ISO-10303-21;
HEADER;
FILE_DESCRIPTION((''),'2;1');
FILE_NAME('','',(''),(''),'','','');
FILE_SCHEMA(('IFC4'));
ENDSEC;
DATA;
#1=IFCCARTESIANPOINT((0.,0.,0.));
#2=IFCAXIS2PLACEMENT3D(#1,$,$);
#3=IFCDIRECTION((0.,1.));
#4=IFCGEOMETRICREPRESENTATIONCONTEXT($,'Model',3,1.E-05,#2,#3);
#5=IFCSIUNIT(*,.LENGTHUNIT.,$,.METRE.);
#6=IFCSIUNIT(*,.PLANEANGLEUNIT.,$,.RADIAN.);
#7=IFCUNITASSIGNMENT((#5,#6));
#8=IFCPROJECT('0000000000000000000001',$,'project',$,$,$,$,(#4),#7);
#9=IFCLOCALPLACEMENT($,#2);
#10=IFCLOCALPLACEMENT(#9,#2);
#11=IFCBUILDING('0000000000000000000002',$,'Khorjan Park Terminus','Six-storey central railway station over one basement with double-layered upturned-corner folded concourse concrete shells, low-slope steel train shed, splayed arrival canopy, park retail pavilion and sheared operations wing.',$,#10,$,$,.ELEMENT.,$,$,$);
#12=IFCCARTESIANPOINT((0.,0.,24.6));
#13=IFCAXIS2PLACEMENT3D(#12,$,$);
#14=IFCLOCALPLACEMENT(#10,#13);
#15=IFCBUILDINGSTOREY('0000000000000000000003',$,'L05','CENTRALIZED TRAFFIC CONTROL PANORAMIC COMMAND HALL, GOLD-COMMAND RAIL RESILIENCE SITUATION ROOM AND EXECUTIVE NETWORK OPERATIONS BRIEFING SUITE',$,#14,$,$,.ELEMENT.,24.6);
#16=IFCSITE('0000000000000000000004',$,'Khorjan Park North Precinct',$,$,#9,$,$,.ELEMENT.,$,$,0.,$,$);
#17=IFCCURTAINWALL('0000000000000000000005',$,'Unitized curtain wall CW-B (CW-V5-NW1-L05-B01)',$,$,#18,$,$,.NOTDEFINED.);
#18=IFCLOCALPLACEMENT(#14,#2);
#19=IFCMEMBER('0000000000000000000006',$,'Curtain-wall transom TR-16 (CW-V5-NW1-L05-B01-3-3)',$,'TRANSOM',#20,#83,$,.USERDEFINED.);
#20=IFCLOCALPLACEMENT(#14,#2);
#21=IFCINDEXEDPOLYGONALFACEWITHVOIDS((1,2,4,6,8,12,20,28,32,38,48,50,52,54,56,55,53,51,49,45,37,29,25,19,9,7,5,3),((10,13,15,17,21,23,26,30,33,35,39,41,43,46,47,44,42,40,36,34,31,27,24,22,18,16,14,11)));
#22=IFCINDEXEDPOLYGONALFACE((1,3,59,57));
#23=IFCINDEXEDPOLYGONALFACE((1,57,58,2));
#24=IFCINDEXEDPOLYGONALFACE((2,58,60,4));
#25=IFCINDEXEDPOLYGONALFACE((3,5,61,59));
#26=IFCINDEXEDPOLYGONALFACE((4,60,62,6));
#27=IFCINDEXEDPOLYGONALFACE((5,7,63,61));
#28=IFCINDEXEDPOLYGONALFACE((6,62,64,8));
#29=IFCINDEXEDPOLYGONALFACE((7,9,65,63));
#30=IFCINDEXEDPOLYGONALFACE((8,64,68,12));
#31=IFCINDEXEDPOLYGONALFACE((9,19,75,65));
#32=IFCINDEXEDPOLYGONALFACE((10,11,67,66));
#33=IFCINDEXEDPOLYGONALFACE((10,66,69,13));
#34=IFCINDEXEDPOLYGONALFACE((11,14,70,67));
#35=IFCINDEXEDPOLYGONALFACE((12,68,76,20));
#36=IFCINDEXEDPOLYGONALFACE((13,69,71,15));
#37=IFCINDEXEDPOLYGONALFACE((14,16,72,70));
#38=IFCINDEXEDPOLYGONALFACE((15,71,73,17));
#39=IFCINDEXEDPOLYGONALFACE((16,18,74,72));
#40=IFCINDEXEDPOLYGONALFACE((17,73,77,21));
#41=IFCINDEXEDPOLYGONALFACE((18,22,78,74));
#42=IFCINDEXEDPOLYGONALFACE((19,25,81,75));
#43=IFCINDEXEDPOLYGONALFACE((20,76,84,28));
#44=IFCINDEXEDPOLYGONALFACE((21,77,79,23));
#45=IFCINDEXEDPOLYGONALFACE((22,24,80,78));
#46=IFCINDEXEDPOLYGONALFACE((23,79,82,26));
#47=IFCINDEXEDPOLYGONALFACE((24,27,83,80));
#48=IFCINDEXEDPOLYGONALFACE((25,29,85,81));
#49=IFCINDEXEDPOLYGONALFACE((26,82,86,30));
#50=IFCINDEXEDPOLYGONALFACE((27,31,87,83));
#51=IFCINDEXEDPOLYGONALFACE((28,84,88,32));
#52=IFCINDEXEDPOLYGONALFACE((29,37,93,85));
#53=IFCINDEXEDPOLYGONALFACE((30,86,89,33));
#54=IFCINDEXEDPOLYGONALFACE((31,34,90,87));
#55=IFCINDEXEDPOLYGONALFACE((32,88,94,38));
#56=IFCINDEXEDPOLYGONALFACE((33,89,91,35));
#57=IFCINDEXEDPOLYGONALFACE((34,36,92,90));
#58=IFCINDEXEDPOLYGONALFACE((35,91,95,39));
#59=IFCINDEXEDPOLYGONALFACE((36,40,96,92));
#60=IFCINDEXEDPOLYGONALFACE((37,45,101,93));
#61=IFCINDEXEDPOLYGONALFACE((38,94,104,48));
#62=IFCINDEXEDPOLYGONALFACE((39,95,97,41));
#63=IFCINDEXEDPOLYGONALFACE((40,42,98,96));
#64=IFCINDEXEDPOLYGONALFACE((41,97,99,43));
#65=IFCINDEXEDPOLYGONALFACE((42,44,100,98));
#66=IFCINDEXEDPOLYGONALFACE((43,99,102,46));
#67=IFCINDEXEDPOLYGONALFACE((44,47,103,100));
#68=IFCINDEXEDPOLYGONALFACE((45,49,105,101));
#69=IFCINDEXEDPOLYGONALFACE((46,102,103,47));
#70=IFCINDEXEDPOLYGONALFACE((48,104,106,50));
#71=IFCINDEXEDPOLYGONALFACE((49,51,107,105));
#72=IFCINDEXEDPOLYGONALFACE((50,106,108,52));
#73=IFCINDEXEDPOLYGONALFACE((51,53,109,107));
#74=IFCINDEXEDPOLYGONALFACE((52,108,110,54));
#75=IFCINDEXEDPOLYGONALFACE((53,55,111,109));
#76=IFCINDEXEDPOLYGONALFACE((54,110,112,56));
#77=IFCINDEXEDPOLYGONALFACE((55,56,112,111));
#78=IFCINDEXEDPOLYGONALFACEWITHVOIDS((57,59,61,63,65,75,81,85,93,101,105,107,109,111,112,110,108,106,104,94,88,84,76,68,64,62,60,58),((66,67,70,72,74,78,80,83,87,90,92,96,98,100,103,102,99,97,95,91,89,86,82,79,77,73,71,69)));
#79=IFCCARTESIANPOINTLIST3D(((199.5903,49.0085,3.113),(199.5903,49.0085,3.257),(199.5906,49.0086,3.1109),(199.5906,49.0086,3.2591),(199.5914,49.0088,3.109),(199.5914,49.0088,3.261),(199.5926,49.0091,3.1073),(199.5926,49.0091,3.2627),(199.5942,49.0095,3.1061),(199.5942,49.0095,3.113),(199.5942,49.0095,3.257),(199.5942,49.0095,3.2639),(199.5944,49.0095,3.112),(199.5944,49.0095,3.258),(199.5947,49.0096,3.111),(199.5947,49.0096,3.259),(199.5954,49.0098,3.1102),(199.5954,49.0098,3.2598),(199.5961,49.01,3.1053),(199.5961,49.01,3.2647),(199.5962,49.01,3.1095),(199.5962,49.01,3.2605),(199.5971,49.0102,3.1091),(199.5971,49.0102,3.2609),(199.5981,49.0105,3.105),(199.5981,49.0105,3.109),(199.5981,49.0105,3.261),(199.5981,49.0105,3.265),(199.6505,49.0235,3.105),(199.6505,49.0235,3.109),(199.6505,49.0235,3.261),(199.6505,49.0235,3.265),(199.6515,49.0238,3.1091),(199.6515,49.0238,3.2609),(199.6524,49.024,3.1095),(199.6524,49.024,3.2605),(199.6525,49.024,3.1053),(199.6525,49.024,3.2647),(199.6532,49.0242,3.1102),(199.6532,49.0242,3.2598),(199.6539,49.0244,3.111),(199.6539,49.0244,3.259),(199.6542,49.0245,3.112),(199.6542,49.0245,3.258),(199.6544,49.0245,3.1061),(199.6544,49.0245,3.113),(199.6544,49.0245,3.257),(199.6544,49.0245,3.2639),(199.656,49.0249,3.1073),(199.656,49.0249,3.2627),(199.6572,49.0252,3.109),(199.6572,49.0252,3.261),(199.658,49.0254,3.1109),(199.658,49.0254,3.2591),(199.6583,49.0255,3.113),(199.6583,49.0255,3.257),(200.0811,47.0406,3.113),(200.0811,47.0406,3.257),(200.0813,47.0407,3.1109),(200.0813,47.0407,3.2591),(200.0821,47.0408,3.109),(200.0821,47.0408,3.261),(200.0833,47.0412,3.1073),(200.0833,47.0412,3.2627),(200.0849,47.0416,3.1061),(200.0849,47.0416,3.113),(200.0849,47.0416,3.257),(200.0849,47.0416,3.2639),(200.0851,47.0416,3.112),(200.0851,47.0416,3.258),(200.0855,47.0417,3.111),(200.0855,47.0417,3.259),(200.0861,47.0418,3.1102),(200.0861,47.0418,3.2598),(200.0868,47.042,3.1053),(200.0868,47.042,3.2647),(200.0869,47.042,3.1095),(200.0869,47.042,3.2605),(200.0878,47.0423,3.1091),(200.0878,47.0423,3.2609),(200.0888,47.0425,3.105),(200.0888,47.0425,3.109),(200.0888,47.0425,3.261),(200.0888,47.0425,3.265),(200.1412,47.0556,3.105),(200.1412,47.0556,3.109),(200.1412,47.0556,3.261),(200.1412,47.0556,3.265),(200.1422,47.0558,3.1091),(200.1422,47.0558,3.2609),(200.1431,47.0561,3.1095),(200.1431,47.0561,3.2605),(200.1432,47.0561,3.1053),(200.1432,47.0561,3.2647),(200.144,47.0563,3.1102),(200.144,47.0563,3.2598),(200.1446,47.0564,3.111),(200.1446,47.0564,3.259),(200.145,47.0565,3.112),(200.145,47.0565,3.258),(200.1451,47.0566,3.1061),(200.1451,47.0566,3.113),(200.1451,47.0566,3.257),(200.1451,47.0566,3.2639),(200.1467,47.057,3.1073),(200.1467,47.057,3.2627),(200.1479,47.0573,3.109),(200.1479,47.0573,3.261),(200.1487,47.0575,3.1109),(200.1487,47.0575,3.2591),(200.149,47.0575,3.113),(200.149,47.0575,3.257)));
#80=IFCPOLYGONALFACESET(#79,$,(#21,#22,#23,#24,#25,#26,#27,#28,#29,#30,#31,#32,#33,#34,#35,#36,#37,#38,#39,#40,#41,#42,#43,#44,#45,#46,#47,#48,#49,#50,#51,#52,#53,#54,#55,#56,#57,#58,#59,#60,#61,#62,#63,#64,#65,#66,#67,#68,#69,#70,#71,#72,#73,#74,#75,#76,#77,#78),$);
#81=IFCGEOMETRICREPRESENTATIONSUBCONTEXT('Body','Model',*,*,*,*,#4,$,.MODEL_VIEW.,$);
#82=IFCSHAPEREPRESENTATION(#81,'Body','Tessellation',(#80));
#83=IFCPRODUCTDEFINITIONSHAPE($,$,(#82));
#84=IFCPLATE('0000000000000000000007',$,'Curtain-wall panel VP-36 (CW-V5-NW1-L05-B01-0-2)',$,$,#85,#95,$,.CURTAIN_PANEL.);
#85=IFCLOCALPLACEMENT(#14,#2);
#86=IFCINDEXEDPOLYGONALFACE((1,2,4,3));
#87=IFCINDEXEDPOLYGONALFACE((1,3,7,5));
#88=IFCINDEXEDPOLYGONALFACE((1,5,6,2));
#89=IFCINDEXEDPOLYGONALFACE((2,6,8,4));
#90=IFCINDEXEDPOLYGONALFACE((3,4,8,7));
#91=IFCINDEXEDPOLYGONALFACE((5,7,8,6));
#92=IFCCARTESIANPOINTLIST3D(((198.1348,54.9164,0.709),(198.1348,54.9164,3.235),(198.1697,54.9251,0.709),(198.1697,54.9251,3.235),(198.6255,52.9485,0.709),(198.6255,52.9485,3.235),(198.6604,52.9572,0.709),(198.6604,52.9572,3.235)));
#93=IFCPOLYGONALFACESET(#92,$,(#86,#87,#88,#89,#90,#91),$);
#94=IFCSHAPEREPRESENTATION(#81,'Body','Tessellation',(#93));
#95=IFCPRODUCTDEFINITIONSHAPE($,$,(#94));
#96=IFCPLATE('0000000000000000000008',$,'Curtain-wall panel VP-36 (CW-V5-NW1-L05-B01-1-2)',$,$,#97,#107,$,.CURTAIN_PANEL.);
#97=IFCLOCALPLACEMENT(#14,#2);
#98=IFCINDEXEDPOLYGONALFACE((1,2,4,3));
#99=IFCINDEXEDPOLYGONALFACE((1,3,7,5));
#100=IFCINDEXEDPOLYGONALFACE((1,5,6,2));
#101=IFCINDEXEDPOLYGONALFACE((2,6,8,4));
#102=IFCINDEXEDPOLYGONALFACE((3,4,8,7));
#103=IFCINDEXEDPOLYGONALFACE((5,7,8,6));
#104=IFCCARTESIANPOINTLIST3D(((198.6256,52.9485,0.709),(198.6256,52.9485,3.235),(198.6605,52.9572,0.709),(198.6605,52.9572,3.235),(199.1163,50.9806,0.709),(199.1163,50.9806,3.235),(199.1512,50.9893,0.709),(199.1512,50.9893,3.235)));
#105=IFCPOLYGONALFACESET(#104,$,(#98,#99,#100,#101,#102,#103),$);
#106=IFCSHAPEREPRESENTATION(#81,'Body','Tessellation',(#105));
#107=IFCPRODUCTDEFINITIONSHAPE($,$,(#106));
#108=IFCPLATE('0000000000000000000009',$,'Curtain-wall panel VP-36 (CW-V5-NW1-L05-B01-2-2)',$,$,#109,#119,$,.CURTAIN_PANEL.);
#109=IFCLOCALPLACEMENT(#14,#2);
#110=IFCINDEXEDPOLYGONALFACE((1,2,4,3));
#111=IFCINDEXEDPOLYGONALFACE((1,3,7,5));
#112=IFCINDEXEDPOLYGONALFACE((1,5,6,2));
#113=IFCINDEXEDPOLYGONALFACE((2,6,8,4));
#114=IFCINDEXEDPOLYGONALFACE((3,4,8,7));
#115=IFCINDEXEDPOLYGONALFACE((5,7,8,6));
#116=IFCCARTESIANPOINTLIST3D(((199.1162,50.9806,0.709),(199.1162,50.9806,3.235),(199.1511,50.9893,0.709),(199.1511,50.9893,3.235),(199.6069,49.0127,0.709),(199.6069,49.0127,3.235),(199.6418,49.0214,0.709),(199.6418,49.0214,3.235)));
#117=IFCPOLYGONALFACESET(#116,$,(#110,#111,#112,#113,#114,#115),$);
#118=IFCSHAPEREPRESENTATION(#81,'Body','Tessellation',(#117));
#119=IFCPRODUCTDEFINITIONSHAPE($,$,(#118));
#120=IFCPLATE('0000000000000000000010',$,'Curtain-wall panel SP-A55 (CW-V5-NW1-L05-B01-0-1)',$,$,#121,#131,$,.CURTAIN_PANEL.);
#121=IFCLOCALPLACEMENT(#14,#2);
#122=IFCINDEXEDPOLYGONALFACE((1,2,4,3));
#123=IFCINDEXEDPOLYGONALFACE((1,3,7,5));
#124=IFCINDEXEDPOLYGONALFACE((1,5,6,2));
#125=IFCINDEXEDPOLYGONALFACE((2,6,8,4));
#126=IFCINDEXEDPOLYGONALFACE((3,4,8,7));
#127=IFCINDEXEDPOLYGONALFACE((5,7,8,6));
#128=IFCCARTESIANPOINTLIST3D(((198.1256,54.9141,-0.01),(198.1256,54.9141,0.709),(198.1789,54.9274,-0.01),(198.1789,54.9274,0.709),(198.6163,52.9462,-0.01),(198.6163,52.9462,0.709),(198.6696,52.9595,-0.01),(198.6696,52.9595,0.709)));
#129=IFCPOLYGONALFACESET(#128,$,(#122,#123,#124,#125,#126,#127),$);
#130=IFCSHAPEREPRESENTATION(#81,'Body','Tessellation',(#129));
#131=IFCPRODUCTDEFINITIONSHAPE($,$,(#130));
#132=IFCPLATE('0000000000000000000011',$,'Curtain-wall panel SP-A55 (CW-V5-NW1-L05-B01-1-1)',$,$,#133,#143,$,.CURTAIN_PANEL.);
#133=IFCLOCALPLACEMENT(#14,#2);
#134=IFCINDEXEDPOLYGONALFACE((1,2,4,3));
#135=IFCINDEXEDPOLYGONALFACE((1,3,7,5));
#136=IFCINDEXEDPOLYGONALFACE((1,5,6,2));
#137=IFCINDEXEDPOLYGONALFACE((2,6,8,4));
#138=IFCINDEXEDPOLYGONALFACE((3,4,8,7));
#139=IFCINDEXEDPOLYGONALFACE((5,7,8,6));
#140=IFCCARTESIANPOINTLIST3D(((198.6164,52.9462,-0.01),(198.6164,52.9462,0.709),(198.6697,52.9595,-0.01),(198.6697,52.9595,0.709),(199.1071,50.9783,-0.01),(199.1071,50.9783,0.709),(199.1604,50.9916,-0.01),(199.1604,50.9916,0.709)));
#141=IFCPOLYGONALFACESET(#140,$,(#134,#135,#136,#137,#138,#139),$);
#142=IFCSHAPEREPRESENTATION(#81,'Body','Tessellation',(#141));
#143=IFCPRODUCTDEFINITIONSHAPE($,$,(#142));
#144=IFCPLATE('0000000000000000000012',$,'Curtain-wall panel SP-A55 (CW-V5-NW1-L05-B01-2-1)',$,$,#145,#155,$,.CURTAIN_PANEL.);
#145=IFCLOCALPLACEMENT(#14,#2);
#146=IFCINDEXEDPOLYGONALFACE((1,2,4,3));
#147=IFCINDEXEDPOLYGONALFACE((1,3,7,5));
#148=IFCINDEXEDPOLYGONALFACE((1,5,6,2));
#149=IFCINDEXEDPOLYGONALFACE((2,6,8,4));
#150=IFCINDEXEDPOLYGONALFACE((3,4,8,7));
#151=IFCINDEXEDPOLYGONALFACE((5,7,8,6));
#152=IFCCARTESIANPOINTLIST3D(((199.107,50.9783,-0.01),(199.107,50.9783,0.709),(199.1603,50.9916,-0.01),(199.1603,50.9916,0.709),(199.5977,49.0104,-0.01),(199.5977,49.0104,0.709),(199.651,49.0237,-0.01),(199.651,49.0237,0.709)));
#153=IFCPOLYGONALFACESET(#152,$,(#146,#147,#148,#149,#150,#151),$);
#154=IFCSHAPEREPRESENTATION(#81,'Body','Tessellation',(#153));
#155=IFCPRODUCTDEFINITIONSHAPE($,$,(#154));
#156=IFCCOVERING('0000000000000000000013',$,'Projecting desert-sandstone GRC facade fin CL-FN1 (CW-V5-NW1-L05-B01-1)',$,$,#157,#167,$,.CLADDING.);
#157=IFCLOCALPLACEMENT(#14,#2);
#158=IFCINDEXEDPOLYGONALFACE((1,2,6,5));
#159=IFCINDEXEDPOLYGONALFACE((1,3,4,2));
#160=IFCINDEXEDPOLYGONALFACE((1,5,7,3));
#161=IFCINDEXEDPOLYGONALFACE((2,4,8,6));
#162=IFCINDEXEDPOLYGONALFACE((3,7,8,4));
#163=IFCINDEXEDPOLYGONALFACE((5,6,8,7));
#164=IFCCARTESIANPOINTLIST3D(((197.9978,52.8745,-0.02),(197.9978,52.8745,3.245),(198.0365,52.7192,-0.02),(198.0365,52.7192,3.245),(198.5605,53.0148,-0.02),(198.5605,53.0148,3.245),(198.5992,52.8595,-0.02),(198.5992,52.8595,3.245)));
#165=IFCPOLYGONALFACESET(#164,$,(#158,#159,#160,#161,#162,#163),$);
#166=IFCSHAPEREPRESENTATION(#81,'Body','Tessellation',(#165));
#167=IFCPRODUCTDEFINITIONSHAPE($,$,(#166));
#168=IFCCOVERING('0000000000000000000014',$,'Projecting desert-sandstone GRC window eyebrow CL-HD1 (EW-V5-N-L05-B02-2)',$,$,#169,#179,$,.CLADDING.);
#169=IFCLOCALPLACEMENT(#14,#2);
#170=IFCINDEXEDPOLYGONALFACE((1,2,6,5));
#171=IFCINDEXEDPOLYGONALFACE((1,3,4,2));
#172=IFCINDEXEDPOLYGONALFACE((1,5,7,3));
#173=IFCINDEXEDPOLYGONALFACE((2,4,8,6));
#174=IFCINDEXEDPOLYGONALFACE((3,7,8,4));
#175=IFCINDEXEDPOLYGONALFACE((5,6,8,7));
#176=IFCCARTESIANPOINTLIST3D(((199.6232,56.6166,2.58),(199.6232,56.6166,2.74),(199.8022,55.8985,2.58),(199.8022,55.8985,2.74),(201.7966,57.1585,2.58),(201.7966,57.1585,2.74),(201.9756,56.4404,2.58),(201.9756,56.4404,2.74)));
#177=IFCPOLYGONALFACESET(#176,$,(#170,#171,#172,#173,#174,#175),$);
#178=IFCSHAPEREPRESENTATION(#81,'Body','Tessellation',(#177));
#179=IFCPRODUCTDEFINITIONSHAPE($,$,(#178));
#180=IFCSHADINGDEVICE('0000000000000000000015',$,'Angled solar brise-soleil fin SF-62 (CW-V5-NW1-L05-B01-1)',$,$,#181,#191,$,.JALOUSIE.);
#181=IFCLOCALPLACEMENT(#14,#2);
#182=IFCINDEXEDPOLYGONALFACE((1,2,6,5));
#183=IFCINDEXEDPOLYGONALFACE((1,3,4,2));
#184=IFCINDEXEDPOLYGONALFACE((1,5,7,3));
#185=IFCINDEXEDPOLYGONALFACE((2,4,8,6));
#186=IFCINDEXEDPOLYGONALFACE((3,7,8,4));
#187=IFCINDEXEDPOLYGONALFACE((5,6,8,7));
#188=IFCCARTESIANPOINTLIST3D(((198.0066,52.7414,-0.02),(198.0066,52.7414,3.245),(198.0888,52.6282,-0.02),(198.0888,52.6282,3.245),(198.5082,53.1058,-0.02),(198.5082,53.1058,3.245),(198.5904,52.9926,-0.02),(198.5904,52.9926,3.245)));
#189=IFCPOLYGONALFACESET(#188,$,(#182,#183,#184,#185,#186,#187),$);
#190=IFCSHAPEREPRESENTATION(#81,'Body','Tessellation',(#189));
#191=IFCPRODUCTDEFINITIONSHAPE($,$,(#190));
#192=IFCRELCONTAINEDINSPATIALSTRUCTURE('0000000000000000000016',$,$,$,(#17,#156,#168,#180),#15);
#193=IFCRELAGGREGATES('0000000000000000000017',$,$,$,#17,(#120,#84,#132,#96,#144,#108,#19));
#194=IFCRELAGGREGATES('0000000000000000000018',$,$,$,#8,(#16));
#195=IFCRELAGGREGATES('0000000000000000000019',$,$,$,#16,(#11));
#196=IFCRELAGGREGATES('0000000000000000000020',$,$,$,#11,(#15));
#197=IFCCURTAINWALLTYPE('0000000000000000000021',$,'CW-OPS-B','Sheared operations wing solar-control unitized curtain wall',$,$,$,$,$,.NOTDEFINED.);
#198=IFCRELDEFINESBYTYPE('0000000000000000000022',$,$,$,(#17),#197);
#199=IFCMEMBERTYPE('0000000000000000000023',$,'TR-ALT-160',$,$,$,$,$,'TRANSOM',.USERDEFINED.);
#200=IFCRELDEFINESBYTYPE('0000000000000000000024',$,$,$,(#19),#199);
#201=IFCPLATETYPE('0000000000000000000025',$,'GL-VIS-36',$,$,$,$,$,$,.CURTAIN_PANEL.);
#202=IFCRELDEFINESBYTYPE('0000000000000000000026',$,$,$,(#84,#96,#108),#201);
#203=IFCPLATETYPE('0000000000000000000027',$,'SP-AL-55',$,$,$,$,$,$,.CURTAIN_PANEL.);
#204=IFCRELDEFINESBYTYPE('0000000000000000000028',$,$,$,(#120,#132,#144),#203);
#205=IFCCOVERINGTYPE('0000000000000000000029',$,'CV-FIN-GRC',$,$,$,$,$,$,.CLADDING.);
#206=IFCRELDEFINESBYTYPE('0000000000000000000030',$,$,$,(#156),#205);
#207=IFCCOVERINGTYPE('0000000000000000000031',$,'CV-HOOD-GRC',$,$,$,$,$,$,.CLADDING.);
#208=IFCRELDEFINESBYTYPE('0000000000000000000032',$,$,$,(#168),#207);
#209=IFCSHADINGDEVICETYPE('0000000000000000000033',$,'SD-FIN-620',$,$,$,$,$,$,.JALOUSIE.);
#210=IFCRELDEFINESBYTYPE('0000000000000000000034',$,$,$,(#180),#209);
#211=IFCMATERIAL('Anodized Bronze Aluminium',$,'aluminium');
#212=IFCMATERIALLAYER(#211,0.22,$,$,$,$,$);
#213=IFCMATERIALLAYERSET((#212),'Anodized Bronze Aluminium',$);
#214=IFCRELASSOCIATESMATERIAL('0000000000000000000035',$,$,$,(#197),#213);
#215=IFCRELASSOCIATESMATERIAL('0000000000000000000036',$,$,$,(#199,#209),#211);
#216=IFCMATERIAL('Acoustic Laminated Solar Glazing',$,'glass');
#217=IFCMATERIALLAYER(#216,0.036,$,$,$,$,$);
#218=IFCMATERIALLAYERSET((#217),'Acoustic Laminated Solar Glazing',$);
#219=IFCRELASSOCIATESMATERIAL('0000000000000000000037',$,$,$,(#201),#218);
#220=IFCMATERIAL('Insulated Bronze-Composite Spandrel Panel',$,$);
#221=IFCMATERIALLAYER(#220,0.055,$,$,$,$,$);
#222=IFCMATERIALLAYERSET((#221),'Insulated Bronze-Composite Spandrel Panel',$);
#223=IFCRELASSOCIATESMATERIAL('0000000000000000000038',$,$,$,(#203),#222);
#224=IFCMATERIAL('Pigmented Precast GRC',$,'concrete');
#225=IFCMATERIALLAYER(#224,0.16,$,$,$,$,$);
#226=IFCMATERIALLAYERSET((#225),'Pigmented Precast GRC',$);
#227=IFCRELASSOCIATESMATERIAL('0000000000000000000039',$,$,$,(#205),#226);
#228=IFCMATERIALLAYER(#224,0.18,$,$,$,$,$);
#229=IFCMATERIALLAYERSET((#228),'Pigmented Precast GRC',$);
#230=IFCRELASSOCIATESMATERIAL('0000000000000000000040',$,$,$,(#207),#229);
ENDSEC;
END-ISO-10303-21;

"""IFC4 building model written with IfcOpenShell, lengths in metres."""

from ifc_helpers import new_model, si_unit, direction, frame, origin, origin_2d, place, context, subcontext, project, spatial, rectangle, hollow_rectangle, extrude, material, layer, layer_set, material_profile, profile_set, type_object, element, aggregate, save


model = new_model("IFC4")

# Units and contexts
model_context = context("Model", 3, precision=1e-05, world=origin(), true_north=direction((0.0, 1.0)))
body_context = subcontext(model_context, "Body", "Model", "MODEL_VIEW")
ifc_project = project(units=[si_unit("LENGTHUNIT", "METRE"), si_unit("PLANEANGLEUNIT", "RADIAN")], contexts=[model_context])

# Site, building, storey
site_placement = place(None, origin())
site = spatial("IfcSite", under=ifc_project, at=site_placement, Name="Khorjan Park North Precinct", CompositionType="ELEMENT", RefElevation=0.0)
building_placement = place(site_placement, origin())
building = spatial("IfcBuilding", under=site, at=building_placement, Name="Khorjan Park Terminus", Description="Six-storey central railway station over one basement with double-layered upturned-corner folded concourse concrete shells, low-slope steel train shed, splayed arrival canopy, park retail pavilion and sheared operations wing.", CompositionType="ELEMENT")
storey_placement = place(building_placement, frame((0.0, 0.0, 24.6)))
storey = spatial("IfcBuildingStorey", under=building, at=storey_placement, Name="L05", Description="CENTRALIZED TRAFFIC CONTROL PANORAMIC COMMAND HALL, GOLD-COMMAND RAIL RESILIENCE SITUATION ROOM AND EXECUTIVE NETWORK OPERATIONS BRIEFING SUITE", CompositionType="ELEMENT", Elevation=24.6)

# Curtain wall, member, plates
ifc_material_1 = material(Name="Anodized Bronze Aluminium", Category="aluminium")
ifc_layer_1 = layer(ifc_material_1, 0.22)
ifc_layer_set_1 = layer_set([ifc_layer_1], Name="Anodized Bronze Aluminium")
curtain_wall_type = type_object("IfcCurtainWallType", Name="CW-OPS-B", Description="Sheared operations wing solar-control unitized curtain wall", PredefinedType="NOTDEFINED", material=ifc_layer_set_1)
curtain_wall_placement = place(storey_placement, origin())
curtain_wall = element("IfcCurtainWall", 1, at=curtain_wall_placement, inside=storey, type_object=curtain_wall_type, Name="Unitized curtain wall CW-B (CW-V5-NW1-L05-B01)", PredefinedType="NOTDEFINED")
ifc_material_profile_1 = material_profile(ifc_material_1, hollow_rectangle(XDim=0.07, YDim=0.16, WallThickness=0.004, InnerFilletRadius=0.004, OuterFilletRadius=0.008, at=origin_2d()), Name="ALT 70x160x4")
ifc_profile_set_1 = profile_set([ifc_material_profile_1], Name="Anodized Bronze Aluminium")
member_type_1 = type_object("IfcMemberType", Name="TR-ALT-160", ElementType="TRANSOM", PredefinedType="USERDEFINED", material=ifc_profile_set_1)
member_1_placement = place(storey_placement, frame((199.6243, 49.017, 3.185), z_axis=(0.241944, -0.97029, 0.0), x_axis=(0.97029, 0.241944, 0.0)))
member_1 = element("IfcMember", 2, at=member_1_placement, type_object=member_type_1, Name="Curtain-wall transom TR-16 (CW-V5-NW1-L05-B01-3-3)", ObjectType="TRANSOM", PredefinedType="USERDEFINED", context=body_context, shape_type="SweptSolid", body=[
    extrude(hollow_rectangle(XDim=0.07, YDim=0.16, WallThickness=0.004, InnerFilletRadius=0.004, OuterFilletRadius=0.008, at=origin_2d()), origin(), (0.0, 0.0, 1.0), 2.0282),
])
ifc_material_2 = material(Name="Acoustic Laminated Solar Glazing", Category="glass")
ifc_layer_2 = layer(ifc_material_2, 0.036)
ifc_layer_set_2 = layer_set([ifc_layer_2], Name="Acoustic Laminated Solar Glazing")
plate_type_1 = type_object("IfcPlateType", Name="GL-VIS-36", PredefinedType="CURTAIN_PANEL", material=ifc_layer_set_2)
plate_1_placement = place(storey_placement, frame((198.3976, 53.9368, 0.709), z_axis=(0.0, 0.0, 1.0), x_axis=(0.241932, -0.970293, 0.0)))
plate_1 = element("IfcPlate", 3, at=plate_1_placement, type_object=plate_type_1, Name="Curtain-wall panel VP-36 (CW-V5-NW1-L05-B01-0-2)", PredefinedType="CURTAIN_PANEL", context=body_context, shape_type="SweptSolid", body=[
    extrude(rectangle(XDim=2.0282, YDim=0.036, at=origin_2d()), origin(), (0.0, 0.0, 1.0), 2.526),
])
plate_2_placement = place(storey_placement, frame((198.8884, 51.9689, 0.709), z_axis=(0.0, 0.0, 1.0), x_axis=(0.241932, -0.970293, 0.0)))
plate_2 = element("IfcPlate", 4, at=plate_2_placement, type_object=plate_type_1, Name="Curtain-wall panel VP-36 (CW-V5-NW1-L05-B01-1-2)", PredefinedType="CURTAIN_PANEL", context=body_context, shape_type="SweptSolid", body=[
    extrude(rectangle(XDim=2.0282, YDim=0.036, at=origin_2d()), origin(), (0.0, 0.0, 1.0), 2.526),
])
plate_3_placement = place(storey_placement, frame((199.379, 50.001, 0.709), z_axis=(0.0, 0.0, 1.0), x_axis=(0.241932, -0.970293, 0.0)))
plate_3 = element("IfcPlate", 5, at=plate_3_placement, type_object=plate_type_1, Name="Curtain-wall panel VP-36 (CW-V5-NW1-L05-B01-2-2)", PredefinedType="CURTAIN_PANEL", context=body_context, shape_type="SweptSolid", body=[
    extrude(rectangle(XDim=2.0282, YDim=0.036, at=origin_2d()), origin(), (0.0, 0.0, 1.0), 2.526),
])
ifc_material_3 = material(Name="Insulated Bronze-Composite Spandrel Panel")
ifc_layer_3 = layer(ifc_material_3, 0.055)
ifc_layer_set_3 = layer_set([ifc_layer_3], Name="Insulated Bronze-Composite Spandrel Panel")
plate_type_2 = type_object("IfcPlateType", Name="SP-AL-55", PredefinedType="CURTAIN_PANEL", material=ifc_layer_set_3)
plate_4_placement = place(storey_placement, frame((198.3976, 53.9368, -0.01), z_axis=(0.0, 0.0, 1.0), x_axis=(0.241932, -0.970293, 0.0)))
plate_4 = element("IfcPlate", 6, at=plate_4_placement, type_object=plate_type_2, Name="Curtain-wall panel SP-A55 (CW-V5-NW1-L05-B01-0-1)", PredefinedType="CURTAIN_PANEL", context=body_context, shape_type="SweptSolid", body=[
    extrude(rectangle(XDim=2.0282, YDim=0.055, at=origin_2d()), origin(), (0.0, 0.0, 1.0), 0.719),
])
plate_5_placement = place(storey_placement, frame((198.8884, 51.9689, -0.01), z_axis=(0.0, 0.0, 1.0), x_axis=(0.241932, -0.970293, 0.0)))
plate_5 = element("IfcPlate", 7, at=plate_5_placement, type_object=plate_type_2, Name="Curtain-wall panel SP-A55 (CW-V5-NW1-L05-B01-1-1)", PredefinedType="CURTAIN_PANEL", context=body_context, shape_type="SweptSolid", body=[
    extrude(rectangle(XDim=2.0282, YDim=0.055, at=origin_2d()), origin(), (0.0, 0.0, 1.0), 0.719),
])
plate_6_placement = place(storey_placement, frame((199.379, 50.001, -0.01), z_axis=(0.0, 0.0, 1.0), x_axis=(0.241932, -0.970293, 0.0)))
plate_6 = element("IfcPlate", 8, at=plate_6_placement, type_object=plate_type_2, Name="Curtain-wall panel SP-A55 (CW-V5-NW1-L05-B01-2-1)", PredefinedType="CURTAIN_PANEL", context=body_context, shape_type="SweptSolid", body=[
    extrude(rectangle(XDim=2.0282, YDim=0.055, at=origin_2d()), origin(), (0.0, 0.0, 1.0), 0.719),
])
aggregate(curtain_wall, [plate_4, plate_1, plate_5, plate_2, plate_6, plate_3, member_1])

# Coverings
ifc_material_4 = material(Name="Pigmented Precast GRC", Category="concrete")
ifc_layer_4 = layer(ifc_material_4, 0.16)
ifc_layer_set_4 = layer_set([ifc_layer_4], Name="Pigmented Precast GRC")
covering_type_1 = type_object("IfcCoveringType", Name="CV-FIN-GRC", PredefinedType="CLADDING", material=ifc_layer_set_4)
covering_1_placement = place(storey_placement, frame((198.2985, 52.867, -0.02), z_axis=(0.0, 0.0, 1.0), x_axis=(0.970296, 0.241922, 0.0)))
element("IfcCovering", 9, at=covering_1_placement, inside=storey, type_object=covering_type_1, Name="Projecting desert-sandstone GRC facade fin CL-FN1 (CW-V5-NW1-L05-B01-1)", PredefinedType="CLADDING", context=body_context, shape_type="SweptSolid", body=[
    extrude(rectangle(XDim=0.58, YDim=0.16, at=origin_2d()), origin(), (0.0, 0.0, 1.0), 3.265),
])
ifc_layer_5 = layer(ifc_material_4, 0.18)
ifc_layer_set_5 = layer_set([ifc_layer_5], Name="Pigmented Precast GRC")
covering_type_2 = type_object("IfcCoveringType", Name="CV-HOOD-GRC", PredefinedType="CLADDING", material=ifc_layer_set_5)
covering_2_placement = place(storey_placement, frame((200.7994, 56.5285, 2.58), z_axis=(0.0, 0.0, 1.0), x_axis=(-0.970296, -0.24192, 0.0)))
element("IfcCovering", 10, at=covering_2_placement, inside=storey, type_object=covering_type_2, Name="Projecting desert-sandstone GRC window eyebrow CL-HD1 (EW-V5-N-L05-B02-2)", PredefinedType="CLADDING", context=body_context, shape_type="SweptSolid", body=[
    extrude(rectangle(XDim=2.24, YDim=0.74, at=origin_2d()), origin(), (0.0, 0.0, 1.0), 0.16),
])

# Shading device
shading_device_type_1 = type_object("IfcShadingDeviceType", Name="SD-FIN-620", PredefinedType="JALOUSIE", material=ifc_material_1)
shading_device_1_placement = place(storey_placement, frame((198.2985, 52.867, -0.02), z_axis=(0.0, 0.0, 1.0), x_axis=(0.809017, 0.587785, 0.0)))
element("IfcShadingDevice", 11, at=shading_device_1_placement, inside=storey, type_object=shading_device_type_1, Name="Angled solar brise-soleil fin SF-62 (CW-V5-NW1-L05-B01-1)", PredefinedType="JALOUSIE", context=body_context, shape_type="SweptSolid", body=[
    extrude(rectangle(XDim=0.62, YDim=0.14, at=origin_2d()), origin(), (0.0, 0.0, 1.0), 3.265),
])

save(model, "model.ifc")
